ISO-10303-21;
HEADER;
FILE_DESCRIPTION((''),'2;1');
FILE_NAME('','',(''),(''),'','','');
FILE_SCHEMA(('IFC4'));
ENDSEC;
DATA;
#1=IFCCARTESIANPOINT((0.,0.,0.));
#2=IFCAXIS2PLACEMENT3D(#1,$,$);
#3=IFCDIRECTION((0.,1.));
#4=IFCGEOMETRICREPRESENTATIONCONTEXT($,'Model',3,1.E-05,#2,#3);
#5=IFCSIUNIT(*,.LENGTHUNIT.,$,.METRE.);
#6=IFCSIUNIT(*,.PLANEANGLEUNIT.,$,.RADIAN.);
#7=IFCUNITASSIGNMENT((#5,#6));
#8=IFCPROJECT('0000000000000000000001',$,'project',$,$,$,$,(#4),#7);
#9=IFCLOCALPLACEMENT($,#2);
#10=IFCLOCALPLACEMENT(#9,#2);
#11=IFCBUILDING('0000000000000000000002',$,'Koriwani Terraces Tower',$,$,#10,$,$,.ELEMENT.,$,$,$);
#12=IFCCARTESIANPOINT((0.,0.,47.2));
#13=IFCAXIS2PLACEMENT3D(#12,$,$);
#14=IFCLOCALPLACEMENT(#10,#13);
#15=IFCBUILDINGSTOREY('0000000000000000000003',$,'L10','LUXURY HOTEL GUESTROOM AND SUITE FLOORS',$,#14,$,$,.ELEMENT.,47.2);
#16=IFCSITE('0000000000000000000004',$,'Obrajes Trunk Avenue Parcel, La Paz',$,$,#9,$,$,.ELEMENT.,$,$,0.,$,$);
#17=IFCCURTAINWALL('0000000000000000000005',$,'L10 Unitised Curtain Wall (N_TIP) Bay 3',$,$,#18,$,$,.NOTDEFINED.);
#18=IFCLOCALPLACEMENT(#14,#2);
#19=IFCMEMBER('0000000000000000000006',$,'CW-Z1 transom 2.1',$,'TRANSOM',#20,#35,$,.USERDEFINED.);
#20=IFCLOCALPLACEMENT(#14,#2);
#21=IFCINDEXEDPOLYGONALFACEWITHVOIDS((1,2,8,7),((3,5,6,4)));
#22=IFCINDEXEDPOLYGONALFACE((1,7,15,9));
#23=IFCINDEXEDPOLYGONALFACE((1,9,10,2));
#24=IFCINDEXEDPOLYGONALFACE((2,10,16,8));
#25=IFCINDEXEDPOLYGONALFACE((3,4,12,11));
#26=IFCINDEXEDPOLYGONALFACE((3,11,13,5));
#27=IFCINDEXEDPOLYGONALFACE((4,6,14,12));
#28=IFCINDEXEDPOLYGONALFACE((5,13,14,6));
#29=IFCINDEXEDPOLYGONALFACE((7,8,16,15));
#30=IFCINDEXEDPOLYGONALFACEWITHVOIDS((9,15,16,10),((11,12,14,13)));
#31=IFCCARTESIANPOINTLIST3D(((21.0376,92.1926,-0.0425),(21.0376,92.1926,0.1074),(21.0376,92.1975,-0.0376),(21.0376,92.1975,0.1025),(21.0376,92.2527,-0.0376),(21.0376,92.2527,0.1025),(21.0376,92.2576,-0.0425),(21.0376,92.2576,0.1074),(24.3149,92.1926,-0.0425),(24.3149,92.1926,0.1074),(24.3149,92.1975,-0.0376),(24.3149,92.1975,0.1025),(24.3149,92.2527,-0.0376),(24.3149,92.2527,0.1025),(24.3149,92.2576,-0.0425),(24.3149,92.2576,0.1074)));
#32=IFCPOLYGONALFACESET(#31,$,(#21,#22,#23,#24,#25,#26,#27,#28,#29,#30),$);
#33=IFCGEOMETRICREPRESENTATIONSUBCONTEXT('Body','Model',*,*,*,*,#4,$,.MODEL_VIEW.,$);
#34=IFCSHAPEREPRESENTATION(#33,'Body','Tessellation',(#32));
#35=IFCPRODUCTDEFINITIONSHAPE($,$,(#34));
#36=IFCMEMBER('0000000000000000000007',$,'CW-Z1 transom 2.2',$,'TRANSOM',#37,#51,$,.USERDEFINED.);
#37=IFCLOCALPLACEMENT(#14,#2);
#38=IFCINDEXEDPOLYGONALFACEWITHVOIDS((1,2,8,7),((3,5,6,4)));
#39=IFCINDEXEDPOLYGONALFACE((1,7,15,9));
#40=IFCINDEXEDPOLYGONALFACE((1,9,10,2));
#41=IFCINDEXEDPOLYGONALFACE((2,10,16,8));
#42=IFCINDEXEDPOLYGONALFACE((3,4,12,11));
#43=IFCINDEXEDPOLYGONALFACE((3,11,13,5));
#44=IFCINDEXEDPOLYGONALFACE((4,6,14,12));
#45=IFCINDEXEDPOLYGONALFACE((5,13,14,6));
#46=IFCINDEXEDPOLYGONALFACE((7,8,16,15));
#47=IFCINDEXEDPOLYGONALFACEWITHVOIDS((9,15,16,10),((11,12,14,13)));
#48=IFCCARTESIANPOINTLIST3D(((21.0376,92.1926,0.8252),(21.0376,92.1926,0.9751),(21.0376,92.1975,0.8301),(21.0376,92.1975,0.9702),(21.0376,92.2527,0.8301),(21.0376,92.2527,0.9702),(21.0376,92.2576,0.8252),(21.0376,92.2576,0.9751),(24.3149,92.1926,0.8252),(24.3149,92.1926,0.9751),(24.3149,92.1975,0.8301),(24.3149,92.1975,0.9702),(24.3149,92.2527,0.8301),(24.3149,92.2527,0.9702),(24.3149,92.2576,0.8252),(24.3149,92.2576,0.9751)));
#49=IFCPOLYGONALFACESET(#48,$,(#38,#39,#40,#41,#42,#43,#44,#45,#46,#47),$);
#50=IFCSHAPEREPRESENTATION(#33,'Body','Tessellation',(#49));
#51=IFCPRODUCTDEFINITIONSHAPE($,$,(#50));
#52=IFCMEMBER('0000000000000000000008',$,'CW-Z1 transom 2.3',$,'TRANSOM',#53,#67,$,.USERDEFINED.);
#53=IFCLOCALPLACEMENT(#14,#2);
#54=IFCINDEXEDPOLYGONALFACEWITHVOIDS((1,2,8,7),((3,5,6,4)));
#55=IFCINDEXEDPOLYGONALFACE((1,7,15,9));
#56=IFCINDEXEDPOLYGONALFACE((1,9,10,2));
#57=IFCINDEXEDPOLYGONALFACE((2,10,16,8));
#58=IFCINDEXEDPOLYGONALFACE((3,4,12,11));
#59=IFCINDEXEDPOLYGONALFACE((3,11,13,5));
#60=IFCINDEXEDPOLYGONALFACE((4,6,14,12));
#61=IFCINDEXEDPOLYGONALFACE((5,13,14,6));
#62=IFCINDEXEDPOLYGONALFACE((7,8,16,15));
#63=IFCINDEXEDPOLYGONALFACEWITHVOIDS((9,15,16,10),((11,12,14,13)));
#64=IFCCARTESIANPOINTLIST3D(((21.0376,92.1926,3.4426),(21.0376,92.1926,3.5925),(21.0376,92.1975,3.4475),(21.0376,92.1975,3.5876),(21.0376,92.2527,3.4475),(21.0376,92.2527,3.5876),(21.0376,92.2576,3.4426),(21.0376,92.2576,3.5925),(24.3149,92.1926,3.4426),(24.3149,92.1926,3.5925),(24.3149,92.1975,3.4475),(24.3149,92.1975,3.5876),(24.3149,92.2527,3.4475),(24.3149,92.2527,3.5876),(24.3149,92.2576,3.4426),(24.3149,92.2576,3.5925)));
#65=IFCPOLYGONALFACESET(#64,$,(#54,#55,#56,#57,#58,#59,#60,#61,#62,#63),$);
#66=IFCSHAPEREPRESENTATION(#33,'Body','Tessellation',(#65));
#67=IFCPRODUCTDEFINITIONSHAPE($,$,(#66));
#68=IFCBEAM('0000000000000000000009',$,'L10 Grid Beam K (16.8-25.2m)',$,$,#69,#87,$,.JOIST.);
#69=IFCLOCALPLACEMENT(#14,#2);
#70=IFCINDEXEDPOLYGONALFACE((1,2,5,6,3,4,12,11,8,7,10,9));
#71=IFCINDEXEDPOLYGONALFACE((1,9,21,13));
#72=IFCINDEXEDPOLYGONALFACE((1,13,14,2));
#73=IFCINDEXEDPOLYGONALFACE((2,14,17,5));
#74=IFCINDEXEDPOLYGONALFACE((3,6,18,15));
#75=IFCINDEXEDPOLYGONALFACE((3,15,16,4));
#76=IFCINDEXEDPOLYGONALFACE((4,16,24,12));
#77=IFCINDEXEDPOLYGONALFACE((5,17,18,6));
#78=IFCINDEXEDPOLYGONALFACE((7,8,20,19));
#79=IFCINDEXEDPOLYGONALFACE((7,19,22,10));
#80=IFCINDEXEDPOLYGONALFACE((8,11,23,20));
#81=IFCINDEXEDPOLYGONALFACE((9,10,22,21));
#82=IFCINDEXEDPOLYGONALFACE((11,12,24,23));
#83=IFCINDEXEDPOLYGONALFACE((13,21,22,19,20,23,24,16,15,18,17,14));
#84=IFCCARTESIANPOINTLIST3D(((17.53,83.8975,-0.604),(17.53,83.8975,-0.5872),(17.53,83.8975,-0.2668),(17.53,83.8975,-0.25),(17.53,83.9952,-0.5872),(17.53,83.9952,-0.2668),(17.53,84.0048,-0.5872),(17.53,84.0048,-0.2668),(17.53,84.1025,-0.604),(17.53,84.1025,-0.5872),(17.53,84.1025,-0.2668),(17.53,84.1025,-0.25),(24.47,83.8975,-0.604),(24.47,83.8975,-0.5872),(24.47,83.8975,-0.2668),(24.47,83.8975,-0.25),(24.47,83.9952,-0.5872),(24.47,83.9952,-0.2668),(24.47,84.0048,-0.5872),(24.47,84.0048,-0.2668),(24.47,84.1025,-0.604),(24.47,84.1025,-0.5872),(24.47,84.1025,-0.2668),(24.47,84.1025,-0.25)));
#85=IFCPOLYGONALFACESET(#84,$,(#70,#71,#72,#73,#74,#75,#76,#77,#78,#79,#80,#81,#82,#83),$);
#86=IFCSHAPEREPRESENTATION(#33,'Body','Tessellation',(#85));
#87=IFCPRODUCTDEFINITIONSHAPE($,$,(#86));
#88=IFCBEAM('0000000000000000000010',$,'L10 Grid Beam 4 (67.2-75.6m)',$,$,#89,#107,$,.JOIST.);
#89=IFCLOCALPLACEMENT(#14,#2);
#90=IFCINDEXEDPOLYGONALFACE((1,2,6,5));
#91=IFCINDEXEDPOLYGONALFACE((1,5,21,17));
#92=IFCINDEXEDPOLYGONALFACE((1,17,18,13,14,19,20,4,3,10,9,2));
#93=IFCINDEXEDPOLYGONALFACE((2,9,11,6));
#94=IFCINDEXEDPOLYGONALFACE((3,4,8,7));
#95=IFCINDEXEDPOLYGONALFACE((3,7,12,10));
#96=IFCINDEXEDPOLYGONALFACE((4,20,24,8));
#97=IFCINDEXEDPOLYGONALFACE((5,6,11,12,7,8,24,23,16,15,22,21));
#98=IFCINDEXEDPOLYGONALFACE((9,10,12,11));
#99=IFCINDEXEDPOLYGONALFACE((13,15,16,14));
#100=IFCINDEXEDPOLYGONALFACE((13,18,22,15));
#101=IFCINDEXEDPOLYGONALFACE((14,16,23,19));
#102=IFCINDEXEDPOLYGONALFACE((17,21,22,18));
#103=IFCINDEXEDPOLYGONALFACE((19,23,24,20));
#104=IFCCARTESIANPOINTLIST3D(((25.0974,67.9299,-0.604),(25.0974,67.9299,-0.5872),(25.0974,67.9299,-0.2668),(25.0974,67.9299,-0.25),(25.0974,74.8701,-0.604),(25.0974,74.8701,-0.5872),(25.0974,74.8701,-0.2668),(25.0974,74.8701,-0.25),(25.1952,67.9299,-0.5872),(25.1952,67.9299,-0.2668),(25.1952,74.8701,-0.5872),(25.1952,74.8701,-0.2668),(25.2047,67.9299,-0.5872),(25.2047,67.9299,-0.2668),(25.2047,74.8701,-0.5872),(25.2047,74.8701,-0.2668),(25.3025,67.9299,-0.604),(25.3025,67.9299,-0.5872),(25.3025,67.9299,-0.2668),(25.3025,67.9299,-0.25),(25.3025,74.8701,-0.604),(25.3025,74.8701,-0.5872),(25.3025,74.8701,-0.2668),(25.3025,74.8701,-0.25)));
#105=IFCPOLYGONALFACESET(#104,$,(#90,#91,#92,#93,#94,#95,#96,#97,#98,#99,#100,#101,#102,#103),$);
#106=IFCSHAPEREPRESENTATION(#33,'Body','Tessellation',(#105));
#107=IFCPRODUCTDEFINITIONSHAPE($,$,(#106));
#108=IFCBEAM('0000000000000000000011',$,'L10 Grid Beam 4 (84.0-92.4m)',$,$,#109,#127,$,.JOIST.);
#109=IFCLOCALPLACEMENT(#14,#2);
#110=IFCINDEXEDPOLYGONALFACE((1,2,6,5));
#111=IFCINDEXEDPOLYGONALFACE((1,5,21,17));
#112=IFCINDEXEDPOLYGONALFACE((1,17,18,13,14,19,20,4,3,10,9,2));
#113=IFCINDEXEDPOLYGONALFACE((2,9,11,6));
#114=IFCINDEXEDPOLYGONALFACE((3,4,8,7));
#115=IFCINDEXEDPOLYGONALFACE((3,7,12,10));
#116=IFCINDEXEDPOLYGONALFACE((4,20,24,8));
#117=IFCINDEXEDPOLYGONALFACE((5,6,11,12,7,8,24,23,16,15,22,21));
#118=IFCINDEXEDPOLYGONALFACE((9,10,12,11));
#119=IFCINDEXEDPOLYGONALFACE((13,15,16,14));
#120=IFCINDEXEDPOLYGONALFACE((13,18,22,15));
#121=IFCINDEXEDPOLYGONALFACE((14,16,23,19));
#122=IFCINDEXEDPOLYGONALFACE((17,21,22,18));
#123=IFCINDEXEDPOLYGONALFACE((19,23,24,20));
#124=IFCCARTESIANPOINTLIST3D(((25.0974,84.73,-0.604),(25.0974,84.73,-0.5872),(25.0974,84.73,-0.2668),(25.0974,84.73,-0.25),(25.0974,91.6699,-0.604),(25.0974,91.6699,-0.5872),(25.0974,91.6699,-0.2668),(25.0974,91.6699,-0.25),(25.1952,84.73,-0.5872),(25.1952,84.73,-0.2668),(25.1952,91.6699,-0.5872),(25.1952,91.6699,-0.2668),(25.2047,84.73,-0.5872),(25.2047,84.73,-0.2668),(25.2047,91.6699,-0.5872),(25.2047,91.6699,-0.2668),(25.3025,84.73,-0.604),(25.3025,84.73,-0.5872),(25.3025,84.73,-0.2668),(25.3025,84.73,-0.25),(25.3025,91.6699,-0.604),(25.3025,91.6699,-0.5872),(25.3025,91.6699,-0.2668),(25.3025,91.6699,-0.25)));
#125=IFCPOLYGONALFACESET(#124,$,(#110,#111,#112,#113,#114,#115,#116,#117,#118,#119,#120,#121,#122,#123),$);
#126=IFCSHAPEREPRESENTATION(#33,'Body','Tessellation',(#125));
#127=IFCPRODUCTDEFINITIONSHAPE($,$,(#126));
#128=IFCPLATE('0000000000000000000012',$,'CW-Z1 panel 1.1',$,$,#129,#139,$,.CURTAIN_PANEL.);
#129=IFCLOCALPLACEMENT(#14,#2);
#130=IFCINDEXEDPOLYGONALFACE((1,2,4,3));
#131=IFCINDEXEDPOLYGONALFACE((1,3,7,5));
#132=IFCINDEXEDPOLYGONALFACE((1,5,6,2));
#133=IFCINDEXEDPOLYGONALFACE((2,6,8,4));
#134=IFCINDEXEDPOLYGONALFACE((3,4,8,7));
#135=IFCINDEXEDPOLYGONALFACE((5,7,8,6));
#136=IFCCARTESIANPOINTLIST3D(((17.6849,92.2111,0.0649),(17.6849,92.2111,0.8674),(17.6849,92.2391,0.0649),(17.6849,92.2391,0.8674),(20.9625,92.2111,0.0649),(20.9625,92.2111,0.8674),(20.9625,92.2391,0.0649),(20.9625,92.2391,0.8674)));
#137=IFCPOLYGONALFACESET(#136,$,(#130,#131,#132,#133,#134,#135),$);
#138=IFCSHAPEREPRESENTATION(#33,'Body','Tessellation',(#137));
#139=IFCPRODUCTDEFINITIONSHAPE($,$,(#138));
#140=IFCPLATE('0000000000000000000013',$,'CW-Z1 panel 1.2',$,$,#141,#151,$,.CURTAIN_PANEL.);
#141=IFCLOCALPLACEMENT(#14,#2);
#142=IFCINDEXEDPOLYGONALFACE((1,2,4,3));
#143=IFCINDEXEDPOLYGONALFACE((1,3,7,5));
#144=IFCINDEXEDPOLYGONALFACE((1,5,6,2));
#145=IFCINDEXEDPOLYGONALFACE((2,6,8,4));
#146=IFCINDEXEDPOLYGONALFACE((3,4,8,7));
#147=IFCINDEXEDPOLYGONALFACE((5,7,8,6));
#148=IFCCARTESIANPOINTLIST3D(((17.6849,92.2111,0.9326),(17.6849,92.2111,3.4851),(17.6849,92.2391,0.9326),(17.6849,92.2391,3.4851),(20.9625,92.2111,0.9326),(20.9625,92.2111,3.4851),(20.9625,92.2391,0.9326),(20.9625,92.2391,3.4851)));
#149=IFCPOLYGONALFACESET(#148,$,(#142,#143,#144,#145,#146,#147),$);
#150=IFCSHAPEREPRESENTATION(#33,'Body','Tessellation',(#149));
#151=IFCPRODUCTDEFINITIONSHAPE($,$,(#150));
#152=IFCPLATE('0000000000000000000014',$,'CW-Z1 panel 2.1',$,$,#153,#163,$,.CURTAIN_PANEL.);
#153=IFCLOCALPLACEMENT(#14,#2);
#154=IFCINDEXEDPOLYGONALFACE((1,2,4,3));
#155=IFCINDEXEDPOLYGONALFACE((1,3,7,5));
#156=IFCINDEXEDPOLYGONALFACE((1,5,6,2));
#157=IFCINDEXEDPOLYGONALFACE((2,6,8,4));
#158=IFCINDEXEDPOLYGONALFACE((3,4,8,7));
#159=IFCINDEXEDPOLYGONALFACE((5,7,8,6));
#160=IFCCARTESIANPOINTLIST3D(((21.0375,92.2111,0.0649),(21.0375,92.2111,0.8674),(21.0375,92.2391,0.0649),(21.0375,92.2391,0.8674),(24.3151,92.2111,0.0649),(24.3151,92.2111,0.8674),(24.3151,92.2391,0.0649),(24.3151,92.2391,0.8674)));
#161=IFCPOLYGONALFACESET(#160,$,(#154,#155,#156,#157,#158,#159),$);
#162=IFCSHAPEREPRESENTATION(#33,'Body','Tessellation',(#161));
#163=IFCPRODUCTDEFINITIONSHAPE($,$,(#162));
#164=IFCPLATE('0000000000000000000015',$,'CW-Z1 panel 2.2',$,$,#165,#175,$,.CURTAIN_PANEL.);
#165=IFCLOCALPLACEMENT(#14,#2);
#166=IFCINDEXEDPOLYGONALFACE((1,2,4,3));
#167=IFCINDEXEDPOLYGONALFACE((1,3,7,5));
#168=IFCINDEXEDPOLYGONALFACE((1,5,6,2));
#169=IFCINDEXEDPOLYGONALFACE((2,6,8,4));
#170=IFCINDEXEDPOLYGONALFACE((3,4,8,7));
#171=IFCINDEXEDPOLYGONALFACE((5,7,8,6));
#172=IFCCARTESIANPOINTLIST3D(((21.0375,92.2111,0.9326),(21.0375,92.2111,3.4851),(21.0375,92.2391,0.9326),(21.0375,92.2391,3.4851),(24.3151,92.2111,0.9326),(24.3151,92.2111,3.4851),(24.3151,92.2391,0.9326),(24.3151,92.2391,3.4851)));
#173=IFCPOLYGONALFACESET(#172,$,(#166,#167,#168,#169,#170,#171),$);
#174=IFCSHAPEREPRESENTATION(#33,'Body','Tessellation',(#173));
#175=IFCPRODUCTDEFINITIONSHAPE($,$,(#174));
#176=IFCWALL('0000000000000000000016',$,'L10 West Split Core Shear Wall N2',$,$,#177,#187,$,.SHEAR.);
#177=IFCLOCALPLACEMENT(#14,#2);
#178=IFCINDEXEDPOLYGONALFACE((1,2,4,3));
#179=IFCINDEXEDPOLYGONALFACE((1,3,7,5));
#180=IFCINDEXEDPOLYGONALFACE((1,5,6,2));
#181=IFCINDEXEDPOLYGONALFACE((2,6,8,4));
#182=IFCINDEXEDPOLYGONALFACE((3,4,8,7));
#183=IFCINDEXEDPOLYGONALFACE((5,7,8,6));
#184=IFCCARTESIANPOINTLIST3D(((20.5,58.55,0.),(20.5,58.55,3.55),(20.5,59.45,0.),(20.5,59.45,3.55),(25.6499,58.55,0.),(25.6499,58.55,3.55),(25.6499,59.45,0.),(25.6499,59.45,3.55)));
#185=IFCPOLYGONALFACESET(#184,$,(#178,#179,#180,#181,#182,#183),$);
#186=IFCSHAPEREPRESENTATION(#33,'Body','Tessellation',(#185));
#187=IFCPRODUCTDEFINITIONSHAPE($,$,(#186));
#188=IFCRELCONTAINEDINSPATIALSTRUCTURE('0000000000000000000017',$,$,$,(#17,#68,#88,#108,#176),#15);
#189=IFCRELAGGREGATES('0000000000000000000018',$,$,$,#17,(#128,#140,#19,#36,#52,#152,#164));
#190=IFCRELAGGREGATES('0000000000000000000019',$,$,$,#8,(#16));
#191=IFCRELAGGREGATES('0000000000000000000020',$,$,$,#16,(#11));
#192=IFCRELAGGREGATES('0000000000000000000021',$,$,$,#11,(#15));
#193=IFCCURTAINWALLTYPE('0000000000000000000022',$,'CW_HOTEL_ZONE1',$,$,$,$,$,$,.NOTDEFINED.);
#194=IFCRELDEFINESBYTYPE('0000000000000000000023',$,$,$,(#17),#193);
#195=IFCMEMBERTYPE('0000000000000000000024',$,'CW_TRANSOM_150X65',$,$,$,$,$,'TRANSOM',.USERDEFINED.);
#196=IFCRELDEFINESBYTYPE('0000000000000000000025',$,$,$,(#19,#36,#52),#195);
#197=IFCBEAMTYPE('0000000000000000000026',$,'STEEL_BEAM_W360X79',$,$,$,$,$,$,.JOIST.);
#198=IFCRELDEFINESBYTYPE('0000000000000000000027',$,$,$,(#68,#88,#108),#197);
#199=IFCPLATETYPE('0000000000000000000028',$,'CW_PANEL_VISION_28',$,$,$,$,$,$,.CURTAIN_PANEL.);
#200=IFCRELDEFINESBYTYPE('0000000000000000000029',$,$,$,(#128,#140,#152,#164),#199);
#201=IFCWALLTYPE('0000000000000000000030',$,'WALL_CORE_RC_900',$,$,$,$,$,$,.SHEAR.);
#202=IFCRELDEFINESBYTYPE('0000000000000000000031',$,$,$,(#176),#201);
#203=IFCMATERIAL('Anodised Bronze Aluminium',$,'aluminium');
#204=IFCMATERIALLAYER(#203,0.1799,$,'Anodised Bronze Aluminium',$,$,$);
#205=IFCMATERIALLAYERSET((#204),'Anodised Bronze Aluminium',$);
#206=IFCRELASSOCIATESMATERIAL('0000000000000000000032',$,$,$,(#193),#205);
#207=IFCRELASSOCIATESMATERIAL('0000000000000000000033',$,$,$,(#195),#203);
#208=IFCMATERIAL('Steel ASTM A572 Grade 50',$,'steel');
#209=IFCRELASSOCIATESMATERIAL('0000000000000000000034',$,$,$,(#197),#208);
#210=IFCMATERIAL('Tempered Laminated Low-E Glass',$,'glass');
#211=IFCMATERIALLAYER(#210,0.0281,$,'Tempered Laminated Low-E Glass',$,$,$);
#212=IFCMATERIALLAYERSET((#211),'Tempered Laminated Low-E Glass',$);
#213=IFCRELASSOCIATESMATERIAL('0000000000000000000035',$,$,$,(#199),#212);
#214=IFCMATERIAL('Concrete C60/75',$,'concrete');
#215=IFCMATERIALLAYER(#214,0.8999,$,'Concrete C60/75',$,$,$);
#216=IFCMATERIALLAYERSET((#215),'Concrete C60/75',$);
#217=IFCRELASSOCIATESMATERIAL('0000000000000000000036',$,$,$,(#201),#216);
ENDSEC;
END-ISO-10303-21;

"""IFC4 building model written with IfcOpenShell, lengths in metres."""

from ifc_helpers import new_model, si_unit, direction, frame, frame_2d, origin, origin_2d, place, context, subcontext, project, spatial, rectangle, hollow_rectangle, i_section, extrude, material, layer, layer_set, material_profile, profile_set, type_object, element, aggregate, save


model = new_model("IFC4")

# Units and contexts
model_context = context("Model", 3, precision=1e-05, world=origin(), true_north=direction((0.0, 1.0)))
body_context = subcontext(model_context, "Body", "Model", "MODEL_VIEW")
ifc_project = project(units=[si_unit("LENGTHUNIT", "METRE"), si_unit("PLANEANGLEUNIT", "RADIAN")], contexts=[model_context])

# Site, building, storey
site_placement = place(None, origin())
site = spatial("IfcSite", under=ifc_project, at=site_placement, Name="Obrajes Trunk Avenue Parcel, La Paz", CompositionType="ELEMENT", RefElevation=0.0)
building_placement = place(site_placement, origin())
building = spatial("IfcBuilding", under=site, at=building_placement, Name="Koriwani Terraces Tower", CompositionType="ELEMENT")
storey_placement = place(building_placement, frame((0.0, 0.0, 47.2)))
storey = spatial("IfcBuildingStorey", under=building, at=storey_placement, Name="L10", Description="LUXURY HOTEL GUESTROOM AND SUITE FLOORS", CompositionType="ELEMENT", Elevation=47.2)

# Shared definitions
ifc_material_1 = material(Name="Concrete C60/75", Category="concrete")

# Curtain wall, members
ifc_material_2 = material(Name="Anodised Bronze Aluminium", Category="aluminium")
ifc_layer_1 = layer(ifc_material_2, 0.1799, Name="Anodised Bronze Aluminium")
ifc_layer_set_1 = layer_set([ifc_layer_1], Name="Anodised Bronze Aluminium")
curtain_wall_type = type_object("IfcCurtainWallType", Name="CW_HOTEL_ZONE1", PredefinedType="NOTDEFINED", material=ifc_layer_set_1)
curtain_wall_placement = place(storey_placement, origin())
curtain_wall = element("IfcCurtainWall", 1, at=curtain_wall_placement, inside=storey, type_object=curtain_wall_type, Name="L10 Unitised Curtain Wall (N_TIP) Bay 3", PredefinedType="NOTDEFINED")
ifc_material_profile_1 = material_profile(ifc_material_2, hollow_rectangle(XDim=0.0649, YDim=0.1499, WallThickness=0.0049, at=origin_2d()), Name="Anodised Bronze Aluminium", Category="LoadBearing")
ifc_profile_set_1 = profile_set([ifc_material_profile_1], Name="Anodised Bronze Aluminium")
member_type_1 = type_object("IfcMemberType", Name="CW_TRANSOM_150X65", ElementType="TRANSOM", PredefinedType="USERDEFINED", material=ifc_profile_set_1)
member_1_placement = place(storey_placement, frame((21.0376, 92.2251, 0.0325), z_axis=(1.0, 0.0, 0.0), x_axis=(0.0, 1.0, 0.0)))
member_1 = element("IfcMember", 2, at=member_1_placement, type_object=member_type_1, Name="CW-Z1 transom 2.1", ObjectType="TRANSOM", PredefinedType="USERDEFINED", context=body_context, shape_type="SweptSolid", body=[
    extrude(hollow_rectangle(XDim=0.0649, YDim=0.1499, WallThickness=0.0049, at=origin_2d()), origin(), (0.0, 0.0, 1.0), 3.2773),
])
member_2_placement = place(storey_placement, frame((21.0376, 92.2251, 0.9001), z_axis=(1.0, 0.0, 0.0), x_axis=(0.0, 1.0, 0.0)))
member_2 = element("IfcMember", 3, at=member_2_placement, type_object=member_type_1, Name="CW-Z1 transom 2.2", ObjectType="TRANSOM", PredefinedType="USERDEFINED", context=body_context, shape_type="SweptSolid", body=[
    extrude(hollow_rectangle(XDim=0.0649, YDim=0.1499, WallThickness=0.0049, at=origin_2d()), origin(), (0.0, 0.0, 1.0), 3.2773),
])
member_3_placement = place(storey_placement, frame((21.0376, 92.2251, 3.5176), z_axis=(1.0, 0.0, 0.0), x_axis=(0.0, 1.0, 0.0)))
member_3 = element("IfcMember", 4, at=member_3_placement, type_object=member_type_1, Name="CW-Z1 transom 2.3", ObjectType="TRANSOM", PredefinedType="USERDEFINED", context=body_context, shape_type="SweptSolid", body=[
    extrude(hollow_rectangle(XDim=0.0649, YDim=0.1499, WallThickness=0.0049, at=origin_2d()), origin(), (0.0, 0.0, 1.0), 3.2773),
])

# Beams
ifc_material_3 = material(Name="Steel ASTM A572 Grade 50", Category="steel")
ifc_material_profile_2 = material_profile(ifc_material_3, i_section(OverallWidth=0.2051, OverallDepth=0.354, WebThickness=0.0095, FlangeThickness=0.0168, at=origin_2d()), Name="Steel ASTM A572 Grade 50", Category="LoadBearing")
ifc_profile_set_2 = profile_set([ifc_material_profile_2], Name="Steel ASTM A572 Grade 50")
beam_type_1 = type_object("IfcBeamType", Name="STEEL_BEAM_W360X79", PredefinedType="JOIST", material=ifc_profile_set_2)
beam_1_placement = place(storey_placement, frame((17.53, 84.0, -0.427), z_axis=(1.0, 0.0, 0.0), x_axis=(0.0, 1.0, 0.0)))
element("IfcBeam", 5, at=beam_1_placement, inside=storey, type_object=beam_type_1, Name="L10 Grid Beam K (16.8-25.2m)", PredefinedType="JOIST", context=body_context, shape_type="SweptSolid", body=[
    extrude(i_section(OverallWidth=0.2051, OverallDepth=0.354, WebThickness=0.0095, FlangeThickness=0.0168, at=origin_2d()), origin(), (0.0, 0.0, 1.0), 6.9399),
])
beam_2_placement = place(storey_placement, frame((25.2, 67.9299, -0.427), z_axis=(0.0, 1.0, 0.0), x_axis=(-1.0, 0.0, 0.0)))
element("IfcBeam", 6, at=beam_2_placement, inside=storey, type_object=beam_type_1, Name="L10 Grid Beam 4 (67.2-75.6m)", PredefinedType="JOIST", context=body_context, shape_type="SweptSolid", body=[
    extrude(i_section(OverallWidth=0.2051, OverallDepth=0.354, WebThickness=0.0095, FlangeThickness=0.0168, at=origin_2d()), origin(), (0.0, 0.0, 1.0), 6.9402),
])
beam_3_placement = place(storey_placement, frame((25.2, 84.73, -0.427), z_axis=(0.0, 1.0, 0.0), x_axis=(-1.0, 0.0, 0.0)))
element("IfcBeam", 7, at=beam_3_placement, inside=storey, type_object=beam_type_1, Name="L10 Grid Beam 4 (84.0-92.4m)", PredefinedType="JOIST", context=body_context, shape_type="SweptSolid", body=[
    extrude(i_section(OverallWidth=0.2051, OverallDepth=0.354, WebThickness=0.0095, FlangeThickness=0.0168, at=origin_2d()), origin(), (0.0, 0.0, 1.0), 6.9399),
])

# Plates
ifc_material_4 = material(Name="Tempered Laminated Low-E Glass", Category="glass")
ifc_layer_2 = layer(ifc_material_4, 0.0281, Name="Tempered Laminated Low-E Glass")
ifc_layer_set_2 = layer_set([ifc_layer_2], Name="Tempered Laminated Low-E Glass")
plate_type = type_object("IfcPlateType", Name="CW_PANEL_VISION_28", PredefinedType="CURTAIN_PANEL", material=ifc_layer_set_2)
plate_1_placement = place(storey_placement, frame((19.3237, 92.2251, 0.0649), z_axis=(0.0, 0.0, 1.0), x_axis=(1.0, 0.0, 0.0)))
plate_1 = element("IfcPlate", 8, at=plate_1_placement, type_object=plate_type, Name="CW-Z1 panel 1.1", PredefinedType="CURTAIN_PANEL", context=body_context, shape_type="SweptSolid", body=[
    extrude(rectangle(XDim=3.2776, YDim=0.0281, at=origin_2d()), origin(), (0.0, 0.0, 1.0), 0.8025),
])
plate_2_placement = place(storey_placement, frame((19.3237, 92.2251, 0.9326), z_axis=(0.0, 0.0, 1.0), x_axis=(1.0, 0.0, 0.0)))
plate_2 = element("IfcPlate", 9, at=plate_2_placement, type_object=plate_type, Name="CW-Z1 panel 1.2", PredefinedType="CURTAIN_PANEL", context=body_context, shape_type="SweptSolid", body=[
    extrude(rectangle(XDim=3.2776, YDim=0.0281, at=origin_2d()), origin(), (0.0, 0.0, 1.0), 2.5525),
])
plate_3_placement = place(storey_placement, frame((22.6763, 92.2251, 0.0649), z_axis=(0.0, 0.0, 1.0), x_axis=(1.0, 0.0, 0.0)))
plate_3 = element("IfcPlate", 10, at=plate_3_placement, type_object=plate_type, Name="CW-Z1 panel 2.1", PredefinedType="CURTAIN_PANEL", context=body_context, shape_type="SweptSolid", body=[
    extrude(rectangle(XDim=3.2776, YDim=0.0281, at=origin_2d()), origin(), (0.0, 0.0, 1.0), 0.8025),
])
plate_4_placement = place(storey_placement, frame((22.6763, 92.2251, 0.9326), z_axis=(0.0, 0.0, 1.0), x_axis=(1.0, 0.0, 0.0)))
plate_4 = element("IfcPlate", 11, at=plate_4_placement, type_object=plate_type, Name="CW-Z1 panel 2.2", PredefinedType="CURTAIN_PANEL", context=body_context, shape_type="SweptSolid", body=[
    extrude(rectangle(XDim=3.2776, YDim=0.0281, at=origin_2d()), origin(), (0.0, 0.0, 1.0), 2.5525),
])
aggregate(curtain_wall, [plate_1, plate_2, member_1, member_2, member_3, plate_3, plate_4])

# Wall
ifc_layer_3 = layer(ifc_material_1, 0.8999, Name="Concrete C60/75")
ifc_layer_set_3 = layer_set([ifc_layer_3], Name="Concrete C60/75")
wall_type_1 = type_object("IfcWallType", Name="WALL_CORE_RC_900", PredefinedType="SHEAR", material=ifc_layer_set_3)
wall_1_placement = place(storey_placement, frame((20.5, 59.0, 0.0), z_axis=(0.0, 0.0, 1.0), x_axis=(1.0, 0.0, 0.0)))
element("IfcWall", 12, at=wall_1_placement, inside=storey, type_object=wall_type_1, Name="L10 West Split Core Shear Wall N2", PredefinedType="SHEAR", context=body_context, shape_type="SweptSolid", body=[
    extrude(rectangle(XDim=5.1499, YDim=0.8999, at=frame_2d((2.575, 0.0))), origin(), (0.0, 0.0, 1.0), 3.55),
])

save(model, "model.ifc")
